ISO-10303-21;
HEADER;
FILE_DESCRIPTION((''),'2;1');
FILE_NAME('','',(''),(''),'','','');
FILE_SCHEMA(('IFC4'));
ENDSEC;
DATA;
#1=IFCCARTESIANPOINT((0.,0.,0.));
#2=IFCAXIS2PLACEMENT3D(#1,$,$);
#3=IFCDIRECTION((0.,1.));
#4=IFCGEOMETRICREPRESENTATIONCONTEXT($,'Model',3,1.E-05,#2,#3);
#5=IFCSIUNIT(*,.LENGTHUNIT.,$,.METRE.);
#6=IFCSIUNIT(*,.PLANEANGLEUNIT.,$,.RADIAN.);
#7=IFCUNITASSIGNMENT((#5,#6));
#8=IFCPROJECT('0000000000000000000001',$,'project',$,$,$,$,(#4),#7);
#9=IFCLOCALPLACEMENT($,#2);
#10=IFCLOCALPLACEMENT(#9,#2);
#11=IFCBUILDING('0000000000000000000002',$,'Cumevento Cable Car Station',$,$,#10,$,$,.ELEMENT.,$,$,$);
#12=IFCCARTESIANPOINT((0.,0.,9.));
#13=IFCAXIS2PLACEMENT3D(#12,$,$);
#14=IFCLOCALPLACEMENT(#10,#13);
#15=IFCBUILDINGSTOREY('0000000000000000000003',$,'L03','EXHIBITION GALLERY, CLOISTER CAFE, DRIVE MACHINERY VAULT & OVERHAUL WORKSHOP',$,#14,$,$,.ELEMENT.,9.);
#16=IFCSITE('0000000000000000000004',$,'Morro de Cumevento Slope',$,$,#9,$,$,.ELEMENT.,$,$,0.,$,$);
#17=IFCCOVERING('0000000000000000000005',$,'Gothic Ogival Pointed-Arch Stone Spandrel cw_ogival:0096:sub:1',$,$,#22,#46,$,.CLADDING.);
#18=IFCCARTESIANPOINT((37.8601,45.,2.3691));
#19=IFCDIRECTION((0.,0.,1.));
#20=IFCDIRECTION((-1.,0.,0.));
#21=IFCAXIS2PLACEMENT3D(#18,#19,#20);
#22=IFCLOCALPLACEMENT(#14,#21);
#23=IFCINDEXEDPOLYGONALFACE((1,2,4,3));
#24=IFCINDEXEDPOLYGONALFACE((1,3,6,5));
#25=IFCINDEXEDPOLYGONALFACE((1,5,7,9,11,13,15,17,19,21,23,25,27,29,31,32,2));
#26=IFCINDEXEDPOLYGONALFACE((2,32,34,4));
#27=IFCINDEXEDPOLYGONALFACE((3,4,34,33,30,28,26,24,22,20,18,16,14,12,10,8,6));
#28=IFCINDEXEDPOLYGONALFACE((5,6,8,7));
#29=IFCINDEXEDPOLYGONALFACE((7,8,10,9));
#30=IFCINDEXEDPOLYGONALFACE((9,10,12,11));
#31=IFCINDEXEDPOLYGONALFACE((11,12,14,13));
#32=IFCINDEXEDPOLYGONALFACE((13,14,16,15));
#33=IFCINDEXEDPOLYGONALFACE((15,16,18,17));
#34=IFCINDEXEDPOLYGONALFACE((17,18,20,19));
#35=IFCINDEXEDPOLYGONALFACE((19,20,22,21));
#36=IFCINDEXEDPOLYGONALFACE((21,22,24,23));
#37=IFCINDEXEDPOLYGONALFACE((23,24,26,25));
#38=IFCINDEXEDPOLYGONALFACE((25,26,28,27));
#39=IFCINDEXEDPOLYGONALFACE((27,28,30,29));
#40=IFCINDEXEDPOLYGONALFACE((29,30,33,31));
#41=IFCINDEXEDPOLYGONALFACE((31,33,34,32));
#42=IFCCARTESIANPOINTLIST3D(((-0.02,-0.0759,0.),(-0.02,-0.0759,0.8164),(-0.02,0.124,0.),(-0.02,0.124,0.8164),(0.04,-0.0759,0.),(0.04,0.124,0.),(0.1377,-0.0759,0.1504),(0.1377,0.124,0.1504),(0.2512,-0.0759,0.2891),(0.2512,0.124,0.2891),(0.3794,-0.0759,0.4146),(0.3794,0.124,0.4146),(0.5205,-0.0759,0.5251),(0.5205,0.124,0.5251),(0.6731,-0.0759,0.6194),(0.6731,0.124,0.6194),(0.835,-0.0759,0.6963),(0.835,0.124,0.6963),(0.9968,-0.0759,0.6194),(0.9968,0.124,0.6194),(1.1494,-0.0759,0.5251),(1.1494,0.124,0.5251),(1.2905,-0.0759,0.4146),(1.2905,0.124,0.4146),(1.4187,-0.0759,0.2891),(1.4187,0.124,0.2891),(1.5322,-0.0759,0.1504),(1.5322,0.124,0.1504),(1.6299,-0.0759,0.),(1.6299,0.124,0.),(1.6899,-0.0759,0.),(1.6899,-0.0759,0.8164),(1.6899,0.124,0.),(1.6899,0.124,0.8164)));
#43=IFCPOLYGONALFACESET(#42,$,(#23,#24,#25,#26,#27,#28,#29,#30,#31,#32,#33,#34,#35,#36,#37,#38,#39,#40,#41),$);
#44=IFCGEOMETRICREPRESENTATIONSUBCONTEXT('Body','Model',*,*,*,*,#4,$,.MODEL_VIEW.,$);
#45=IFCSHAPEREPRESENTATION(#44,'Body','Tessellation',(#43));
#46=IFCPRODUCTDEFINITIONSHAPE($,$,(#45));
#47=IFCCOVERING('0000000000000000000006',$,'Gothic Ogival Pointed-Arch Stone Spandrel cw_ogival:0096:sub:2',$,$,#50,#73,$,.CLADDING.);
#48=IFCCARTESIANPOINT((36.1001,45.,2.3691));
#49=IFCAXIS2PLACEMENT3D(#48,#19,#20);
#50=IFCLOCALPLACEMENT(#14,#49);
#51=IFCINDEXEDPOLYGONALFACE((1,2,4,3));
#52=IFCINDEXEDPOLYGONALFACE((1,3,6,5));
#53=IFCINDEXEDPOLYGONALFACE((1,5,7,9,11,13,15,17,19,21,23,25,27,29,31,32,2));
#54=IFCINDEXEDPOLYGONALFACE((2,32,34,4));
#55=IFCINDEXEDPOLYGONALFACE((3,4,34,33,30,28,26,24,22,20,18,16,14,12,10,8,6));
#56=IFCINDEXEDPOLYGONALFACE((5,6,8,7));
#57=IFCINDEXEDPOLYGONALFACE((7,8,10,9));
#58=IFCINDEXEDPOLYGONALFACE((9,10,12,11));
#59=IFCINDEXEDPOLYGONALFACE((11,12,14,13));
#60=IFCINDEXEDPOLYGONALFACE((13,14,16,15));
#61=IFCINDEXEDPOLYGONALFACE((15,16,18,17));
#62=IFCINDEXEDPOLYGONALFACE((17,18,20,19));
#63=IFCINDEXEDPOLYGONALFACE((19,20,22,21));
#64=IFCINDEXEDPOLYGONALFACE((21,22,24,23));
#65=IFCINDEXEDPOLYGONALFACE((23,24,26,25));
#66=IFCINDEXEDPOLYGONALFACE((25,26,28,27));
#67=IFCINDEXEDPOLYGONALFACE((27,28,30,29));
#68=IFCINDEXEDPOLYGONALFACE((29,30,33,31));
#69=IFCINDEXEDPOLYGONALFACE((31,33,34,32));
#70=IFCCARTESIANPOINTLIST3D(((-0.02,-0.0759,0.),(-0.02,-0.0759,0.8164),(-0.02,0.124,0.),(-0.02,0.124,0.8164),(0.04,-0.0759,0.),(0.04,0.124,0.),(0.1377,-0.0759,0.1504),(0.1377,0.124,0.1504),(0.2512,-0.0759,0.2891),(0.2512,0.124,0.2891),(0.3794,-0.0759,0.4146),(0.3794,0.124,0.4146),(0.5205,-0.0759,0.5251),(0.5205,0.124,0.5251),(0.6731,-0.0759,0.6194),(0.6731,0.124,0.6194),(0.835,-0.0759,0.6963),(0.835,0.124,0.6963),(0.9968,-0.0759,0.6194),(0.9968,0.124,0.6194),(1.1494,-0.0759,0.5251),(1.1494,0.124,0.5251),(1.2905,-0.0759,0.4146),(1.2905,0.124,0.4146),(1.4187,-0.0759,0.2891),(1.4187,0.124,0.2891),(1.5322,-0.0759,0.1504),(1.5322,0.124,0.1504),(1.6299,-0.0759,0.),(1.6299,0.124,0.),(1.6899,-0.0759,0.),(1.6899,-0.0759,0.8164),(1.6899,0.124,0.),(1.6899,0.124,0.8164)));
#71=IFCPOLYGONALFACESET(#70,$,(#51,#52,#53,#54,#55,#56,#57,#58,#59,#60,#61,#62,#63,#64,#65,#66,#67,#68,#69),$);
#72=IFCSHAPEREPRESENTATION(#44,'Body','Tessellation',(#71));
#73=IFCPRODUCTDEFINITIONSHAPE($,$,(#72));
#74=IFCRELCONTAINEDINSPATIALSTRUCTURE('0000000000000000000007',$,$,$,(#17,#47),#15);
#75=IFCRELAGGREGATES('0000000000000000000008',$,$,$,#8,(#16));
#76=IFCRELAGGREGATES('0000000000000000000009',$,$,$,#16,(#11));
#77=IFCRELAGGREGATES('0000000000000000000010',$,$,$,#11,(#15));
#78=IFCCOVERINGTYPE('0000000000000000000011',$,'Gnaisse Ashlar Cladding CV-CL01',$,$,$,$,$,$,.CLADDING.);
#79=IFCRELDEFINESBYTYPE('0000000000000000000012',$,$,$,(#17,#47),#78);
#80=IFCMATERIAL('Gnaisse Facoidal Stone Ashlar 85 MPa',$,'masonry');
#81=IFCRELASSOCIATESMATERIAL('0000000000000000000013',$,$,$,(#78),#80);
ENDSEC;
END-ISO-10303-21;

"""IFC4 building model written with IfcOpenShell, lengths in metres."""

from ifc_helpers import new_model, si_unit, direction, frame, origin, place, context, subcontext, project, spatial, polyline, outline, extrude, material, type_object, element, save


model = new_model("IFC4")

# Units and contexts
model_context = context("Model", 3, precision=1e-05, world=origin(), true_north=direction((0.0, 1.0)))
body_context = subcontext(model_context, "Body", "Model", "MODEL_VIEW")
ifc_project = project(units=[si_unit("LENGTHUNIT", "METRE"), si_unit("PLANEANGLEUNIT", "RADIAN")], contexts=[model_context])

# Site, building, storey
site_placement = place(None, origin())
site = spatial("IfcSite", under=ifc_project, at=site_placement, Name="Morro de Cumevento Slope", CompositionType="ELEMENT", RefElevation=0.0)
building_placement = place(site_placement, origin())
building = spatial("IfcBuilding", under=site, at=building_placement, Name="Cumevento Cable Car Station", CompositionType="ELEMENT")
storey_placement = place(building_placement, frame((0.0, 0.0, 9.0)))
storey = spatial("IfcBuildingStorey", under=building, at=storey_placement, Name="L03", Description="EXHIBITION GALLERY, CLOISTER CAFE, DRIVE MACHINERY VAULT & OVERHAUL WORKSHOP", CompositionType="ELEMENT", Elevation=9.0)

# Coverings
ifc_material_1 = material(Name="Gnaisse Facoidal Stone Ashlar 85 MPa", Category="masonry")
covering_type = type_object("IfcCoveringType", Name="Gnaisse Ashlar Cladding CV-CL01", PredefinedType="CLADDING", material=ifc_material_1)
for number, where, z_axis, x_axis, name in (
    (1, (37.8601, 45.0, 2.3691), (0.0, 0.0, 1.0), (-1.0, 0.0, 0.0), "Gothic Ogival Pointed-Arch Stone Spandrel cw_ogival:0096:sub:1"),
    (2, (36.1001, 45.0, 2.3691), (0.0, 0.0, 1.0), (-1.0, 0.0, 0.0), "Gothic Ogival Pointed-Arch Stone Spandrel cw_ogival:0096:sub:2"),
):
    element("IfcCovering", number, at=place(storey_placement, frame(where, z_axis=z_axis, x_axis=x_axis)), inside=storey, type_object=covering_type, Name=name, PredefinedType="CLADDING", context=body_context, shape_type="SweptSolid", body=[
        extrude(outline(polyline([(-0.02, 0.0), (-0.02, 0.8164), (1.6899, 0.8164), (1.6899, 0.0), (1.6299, 0.0), (1.5322, 0.1504), (1.4187, 0.2891), (1.2905, 0.4146), (1.1494, 0.5251), (0.9968, 0.6194), (0.835, 0.6963), (0.6731, 0.6194), (0.5205, 0.5251), (0.3794, 0.4146), (0.2512, 0.2891), (0.1377, 0.1504), (0.04, 0.0), (-0.02, 0.0)])), frame((0.0, 0.124, 0.0), z_axis=(0.0, -1.0, 0.0), x_axis=(1.0, 0.0, 0.0)), (0.0, 0.0, 1.0), 0.2),
    ])

save(model, "model.ifc")
